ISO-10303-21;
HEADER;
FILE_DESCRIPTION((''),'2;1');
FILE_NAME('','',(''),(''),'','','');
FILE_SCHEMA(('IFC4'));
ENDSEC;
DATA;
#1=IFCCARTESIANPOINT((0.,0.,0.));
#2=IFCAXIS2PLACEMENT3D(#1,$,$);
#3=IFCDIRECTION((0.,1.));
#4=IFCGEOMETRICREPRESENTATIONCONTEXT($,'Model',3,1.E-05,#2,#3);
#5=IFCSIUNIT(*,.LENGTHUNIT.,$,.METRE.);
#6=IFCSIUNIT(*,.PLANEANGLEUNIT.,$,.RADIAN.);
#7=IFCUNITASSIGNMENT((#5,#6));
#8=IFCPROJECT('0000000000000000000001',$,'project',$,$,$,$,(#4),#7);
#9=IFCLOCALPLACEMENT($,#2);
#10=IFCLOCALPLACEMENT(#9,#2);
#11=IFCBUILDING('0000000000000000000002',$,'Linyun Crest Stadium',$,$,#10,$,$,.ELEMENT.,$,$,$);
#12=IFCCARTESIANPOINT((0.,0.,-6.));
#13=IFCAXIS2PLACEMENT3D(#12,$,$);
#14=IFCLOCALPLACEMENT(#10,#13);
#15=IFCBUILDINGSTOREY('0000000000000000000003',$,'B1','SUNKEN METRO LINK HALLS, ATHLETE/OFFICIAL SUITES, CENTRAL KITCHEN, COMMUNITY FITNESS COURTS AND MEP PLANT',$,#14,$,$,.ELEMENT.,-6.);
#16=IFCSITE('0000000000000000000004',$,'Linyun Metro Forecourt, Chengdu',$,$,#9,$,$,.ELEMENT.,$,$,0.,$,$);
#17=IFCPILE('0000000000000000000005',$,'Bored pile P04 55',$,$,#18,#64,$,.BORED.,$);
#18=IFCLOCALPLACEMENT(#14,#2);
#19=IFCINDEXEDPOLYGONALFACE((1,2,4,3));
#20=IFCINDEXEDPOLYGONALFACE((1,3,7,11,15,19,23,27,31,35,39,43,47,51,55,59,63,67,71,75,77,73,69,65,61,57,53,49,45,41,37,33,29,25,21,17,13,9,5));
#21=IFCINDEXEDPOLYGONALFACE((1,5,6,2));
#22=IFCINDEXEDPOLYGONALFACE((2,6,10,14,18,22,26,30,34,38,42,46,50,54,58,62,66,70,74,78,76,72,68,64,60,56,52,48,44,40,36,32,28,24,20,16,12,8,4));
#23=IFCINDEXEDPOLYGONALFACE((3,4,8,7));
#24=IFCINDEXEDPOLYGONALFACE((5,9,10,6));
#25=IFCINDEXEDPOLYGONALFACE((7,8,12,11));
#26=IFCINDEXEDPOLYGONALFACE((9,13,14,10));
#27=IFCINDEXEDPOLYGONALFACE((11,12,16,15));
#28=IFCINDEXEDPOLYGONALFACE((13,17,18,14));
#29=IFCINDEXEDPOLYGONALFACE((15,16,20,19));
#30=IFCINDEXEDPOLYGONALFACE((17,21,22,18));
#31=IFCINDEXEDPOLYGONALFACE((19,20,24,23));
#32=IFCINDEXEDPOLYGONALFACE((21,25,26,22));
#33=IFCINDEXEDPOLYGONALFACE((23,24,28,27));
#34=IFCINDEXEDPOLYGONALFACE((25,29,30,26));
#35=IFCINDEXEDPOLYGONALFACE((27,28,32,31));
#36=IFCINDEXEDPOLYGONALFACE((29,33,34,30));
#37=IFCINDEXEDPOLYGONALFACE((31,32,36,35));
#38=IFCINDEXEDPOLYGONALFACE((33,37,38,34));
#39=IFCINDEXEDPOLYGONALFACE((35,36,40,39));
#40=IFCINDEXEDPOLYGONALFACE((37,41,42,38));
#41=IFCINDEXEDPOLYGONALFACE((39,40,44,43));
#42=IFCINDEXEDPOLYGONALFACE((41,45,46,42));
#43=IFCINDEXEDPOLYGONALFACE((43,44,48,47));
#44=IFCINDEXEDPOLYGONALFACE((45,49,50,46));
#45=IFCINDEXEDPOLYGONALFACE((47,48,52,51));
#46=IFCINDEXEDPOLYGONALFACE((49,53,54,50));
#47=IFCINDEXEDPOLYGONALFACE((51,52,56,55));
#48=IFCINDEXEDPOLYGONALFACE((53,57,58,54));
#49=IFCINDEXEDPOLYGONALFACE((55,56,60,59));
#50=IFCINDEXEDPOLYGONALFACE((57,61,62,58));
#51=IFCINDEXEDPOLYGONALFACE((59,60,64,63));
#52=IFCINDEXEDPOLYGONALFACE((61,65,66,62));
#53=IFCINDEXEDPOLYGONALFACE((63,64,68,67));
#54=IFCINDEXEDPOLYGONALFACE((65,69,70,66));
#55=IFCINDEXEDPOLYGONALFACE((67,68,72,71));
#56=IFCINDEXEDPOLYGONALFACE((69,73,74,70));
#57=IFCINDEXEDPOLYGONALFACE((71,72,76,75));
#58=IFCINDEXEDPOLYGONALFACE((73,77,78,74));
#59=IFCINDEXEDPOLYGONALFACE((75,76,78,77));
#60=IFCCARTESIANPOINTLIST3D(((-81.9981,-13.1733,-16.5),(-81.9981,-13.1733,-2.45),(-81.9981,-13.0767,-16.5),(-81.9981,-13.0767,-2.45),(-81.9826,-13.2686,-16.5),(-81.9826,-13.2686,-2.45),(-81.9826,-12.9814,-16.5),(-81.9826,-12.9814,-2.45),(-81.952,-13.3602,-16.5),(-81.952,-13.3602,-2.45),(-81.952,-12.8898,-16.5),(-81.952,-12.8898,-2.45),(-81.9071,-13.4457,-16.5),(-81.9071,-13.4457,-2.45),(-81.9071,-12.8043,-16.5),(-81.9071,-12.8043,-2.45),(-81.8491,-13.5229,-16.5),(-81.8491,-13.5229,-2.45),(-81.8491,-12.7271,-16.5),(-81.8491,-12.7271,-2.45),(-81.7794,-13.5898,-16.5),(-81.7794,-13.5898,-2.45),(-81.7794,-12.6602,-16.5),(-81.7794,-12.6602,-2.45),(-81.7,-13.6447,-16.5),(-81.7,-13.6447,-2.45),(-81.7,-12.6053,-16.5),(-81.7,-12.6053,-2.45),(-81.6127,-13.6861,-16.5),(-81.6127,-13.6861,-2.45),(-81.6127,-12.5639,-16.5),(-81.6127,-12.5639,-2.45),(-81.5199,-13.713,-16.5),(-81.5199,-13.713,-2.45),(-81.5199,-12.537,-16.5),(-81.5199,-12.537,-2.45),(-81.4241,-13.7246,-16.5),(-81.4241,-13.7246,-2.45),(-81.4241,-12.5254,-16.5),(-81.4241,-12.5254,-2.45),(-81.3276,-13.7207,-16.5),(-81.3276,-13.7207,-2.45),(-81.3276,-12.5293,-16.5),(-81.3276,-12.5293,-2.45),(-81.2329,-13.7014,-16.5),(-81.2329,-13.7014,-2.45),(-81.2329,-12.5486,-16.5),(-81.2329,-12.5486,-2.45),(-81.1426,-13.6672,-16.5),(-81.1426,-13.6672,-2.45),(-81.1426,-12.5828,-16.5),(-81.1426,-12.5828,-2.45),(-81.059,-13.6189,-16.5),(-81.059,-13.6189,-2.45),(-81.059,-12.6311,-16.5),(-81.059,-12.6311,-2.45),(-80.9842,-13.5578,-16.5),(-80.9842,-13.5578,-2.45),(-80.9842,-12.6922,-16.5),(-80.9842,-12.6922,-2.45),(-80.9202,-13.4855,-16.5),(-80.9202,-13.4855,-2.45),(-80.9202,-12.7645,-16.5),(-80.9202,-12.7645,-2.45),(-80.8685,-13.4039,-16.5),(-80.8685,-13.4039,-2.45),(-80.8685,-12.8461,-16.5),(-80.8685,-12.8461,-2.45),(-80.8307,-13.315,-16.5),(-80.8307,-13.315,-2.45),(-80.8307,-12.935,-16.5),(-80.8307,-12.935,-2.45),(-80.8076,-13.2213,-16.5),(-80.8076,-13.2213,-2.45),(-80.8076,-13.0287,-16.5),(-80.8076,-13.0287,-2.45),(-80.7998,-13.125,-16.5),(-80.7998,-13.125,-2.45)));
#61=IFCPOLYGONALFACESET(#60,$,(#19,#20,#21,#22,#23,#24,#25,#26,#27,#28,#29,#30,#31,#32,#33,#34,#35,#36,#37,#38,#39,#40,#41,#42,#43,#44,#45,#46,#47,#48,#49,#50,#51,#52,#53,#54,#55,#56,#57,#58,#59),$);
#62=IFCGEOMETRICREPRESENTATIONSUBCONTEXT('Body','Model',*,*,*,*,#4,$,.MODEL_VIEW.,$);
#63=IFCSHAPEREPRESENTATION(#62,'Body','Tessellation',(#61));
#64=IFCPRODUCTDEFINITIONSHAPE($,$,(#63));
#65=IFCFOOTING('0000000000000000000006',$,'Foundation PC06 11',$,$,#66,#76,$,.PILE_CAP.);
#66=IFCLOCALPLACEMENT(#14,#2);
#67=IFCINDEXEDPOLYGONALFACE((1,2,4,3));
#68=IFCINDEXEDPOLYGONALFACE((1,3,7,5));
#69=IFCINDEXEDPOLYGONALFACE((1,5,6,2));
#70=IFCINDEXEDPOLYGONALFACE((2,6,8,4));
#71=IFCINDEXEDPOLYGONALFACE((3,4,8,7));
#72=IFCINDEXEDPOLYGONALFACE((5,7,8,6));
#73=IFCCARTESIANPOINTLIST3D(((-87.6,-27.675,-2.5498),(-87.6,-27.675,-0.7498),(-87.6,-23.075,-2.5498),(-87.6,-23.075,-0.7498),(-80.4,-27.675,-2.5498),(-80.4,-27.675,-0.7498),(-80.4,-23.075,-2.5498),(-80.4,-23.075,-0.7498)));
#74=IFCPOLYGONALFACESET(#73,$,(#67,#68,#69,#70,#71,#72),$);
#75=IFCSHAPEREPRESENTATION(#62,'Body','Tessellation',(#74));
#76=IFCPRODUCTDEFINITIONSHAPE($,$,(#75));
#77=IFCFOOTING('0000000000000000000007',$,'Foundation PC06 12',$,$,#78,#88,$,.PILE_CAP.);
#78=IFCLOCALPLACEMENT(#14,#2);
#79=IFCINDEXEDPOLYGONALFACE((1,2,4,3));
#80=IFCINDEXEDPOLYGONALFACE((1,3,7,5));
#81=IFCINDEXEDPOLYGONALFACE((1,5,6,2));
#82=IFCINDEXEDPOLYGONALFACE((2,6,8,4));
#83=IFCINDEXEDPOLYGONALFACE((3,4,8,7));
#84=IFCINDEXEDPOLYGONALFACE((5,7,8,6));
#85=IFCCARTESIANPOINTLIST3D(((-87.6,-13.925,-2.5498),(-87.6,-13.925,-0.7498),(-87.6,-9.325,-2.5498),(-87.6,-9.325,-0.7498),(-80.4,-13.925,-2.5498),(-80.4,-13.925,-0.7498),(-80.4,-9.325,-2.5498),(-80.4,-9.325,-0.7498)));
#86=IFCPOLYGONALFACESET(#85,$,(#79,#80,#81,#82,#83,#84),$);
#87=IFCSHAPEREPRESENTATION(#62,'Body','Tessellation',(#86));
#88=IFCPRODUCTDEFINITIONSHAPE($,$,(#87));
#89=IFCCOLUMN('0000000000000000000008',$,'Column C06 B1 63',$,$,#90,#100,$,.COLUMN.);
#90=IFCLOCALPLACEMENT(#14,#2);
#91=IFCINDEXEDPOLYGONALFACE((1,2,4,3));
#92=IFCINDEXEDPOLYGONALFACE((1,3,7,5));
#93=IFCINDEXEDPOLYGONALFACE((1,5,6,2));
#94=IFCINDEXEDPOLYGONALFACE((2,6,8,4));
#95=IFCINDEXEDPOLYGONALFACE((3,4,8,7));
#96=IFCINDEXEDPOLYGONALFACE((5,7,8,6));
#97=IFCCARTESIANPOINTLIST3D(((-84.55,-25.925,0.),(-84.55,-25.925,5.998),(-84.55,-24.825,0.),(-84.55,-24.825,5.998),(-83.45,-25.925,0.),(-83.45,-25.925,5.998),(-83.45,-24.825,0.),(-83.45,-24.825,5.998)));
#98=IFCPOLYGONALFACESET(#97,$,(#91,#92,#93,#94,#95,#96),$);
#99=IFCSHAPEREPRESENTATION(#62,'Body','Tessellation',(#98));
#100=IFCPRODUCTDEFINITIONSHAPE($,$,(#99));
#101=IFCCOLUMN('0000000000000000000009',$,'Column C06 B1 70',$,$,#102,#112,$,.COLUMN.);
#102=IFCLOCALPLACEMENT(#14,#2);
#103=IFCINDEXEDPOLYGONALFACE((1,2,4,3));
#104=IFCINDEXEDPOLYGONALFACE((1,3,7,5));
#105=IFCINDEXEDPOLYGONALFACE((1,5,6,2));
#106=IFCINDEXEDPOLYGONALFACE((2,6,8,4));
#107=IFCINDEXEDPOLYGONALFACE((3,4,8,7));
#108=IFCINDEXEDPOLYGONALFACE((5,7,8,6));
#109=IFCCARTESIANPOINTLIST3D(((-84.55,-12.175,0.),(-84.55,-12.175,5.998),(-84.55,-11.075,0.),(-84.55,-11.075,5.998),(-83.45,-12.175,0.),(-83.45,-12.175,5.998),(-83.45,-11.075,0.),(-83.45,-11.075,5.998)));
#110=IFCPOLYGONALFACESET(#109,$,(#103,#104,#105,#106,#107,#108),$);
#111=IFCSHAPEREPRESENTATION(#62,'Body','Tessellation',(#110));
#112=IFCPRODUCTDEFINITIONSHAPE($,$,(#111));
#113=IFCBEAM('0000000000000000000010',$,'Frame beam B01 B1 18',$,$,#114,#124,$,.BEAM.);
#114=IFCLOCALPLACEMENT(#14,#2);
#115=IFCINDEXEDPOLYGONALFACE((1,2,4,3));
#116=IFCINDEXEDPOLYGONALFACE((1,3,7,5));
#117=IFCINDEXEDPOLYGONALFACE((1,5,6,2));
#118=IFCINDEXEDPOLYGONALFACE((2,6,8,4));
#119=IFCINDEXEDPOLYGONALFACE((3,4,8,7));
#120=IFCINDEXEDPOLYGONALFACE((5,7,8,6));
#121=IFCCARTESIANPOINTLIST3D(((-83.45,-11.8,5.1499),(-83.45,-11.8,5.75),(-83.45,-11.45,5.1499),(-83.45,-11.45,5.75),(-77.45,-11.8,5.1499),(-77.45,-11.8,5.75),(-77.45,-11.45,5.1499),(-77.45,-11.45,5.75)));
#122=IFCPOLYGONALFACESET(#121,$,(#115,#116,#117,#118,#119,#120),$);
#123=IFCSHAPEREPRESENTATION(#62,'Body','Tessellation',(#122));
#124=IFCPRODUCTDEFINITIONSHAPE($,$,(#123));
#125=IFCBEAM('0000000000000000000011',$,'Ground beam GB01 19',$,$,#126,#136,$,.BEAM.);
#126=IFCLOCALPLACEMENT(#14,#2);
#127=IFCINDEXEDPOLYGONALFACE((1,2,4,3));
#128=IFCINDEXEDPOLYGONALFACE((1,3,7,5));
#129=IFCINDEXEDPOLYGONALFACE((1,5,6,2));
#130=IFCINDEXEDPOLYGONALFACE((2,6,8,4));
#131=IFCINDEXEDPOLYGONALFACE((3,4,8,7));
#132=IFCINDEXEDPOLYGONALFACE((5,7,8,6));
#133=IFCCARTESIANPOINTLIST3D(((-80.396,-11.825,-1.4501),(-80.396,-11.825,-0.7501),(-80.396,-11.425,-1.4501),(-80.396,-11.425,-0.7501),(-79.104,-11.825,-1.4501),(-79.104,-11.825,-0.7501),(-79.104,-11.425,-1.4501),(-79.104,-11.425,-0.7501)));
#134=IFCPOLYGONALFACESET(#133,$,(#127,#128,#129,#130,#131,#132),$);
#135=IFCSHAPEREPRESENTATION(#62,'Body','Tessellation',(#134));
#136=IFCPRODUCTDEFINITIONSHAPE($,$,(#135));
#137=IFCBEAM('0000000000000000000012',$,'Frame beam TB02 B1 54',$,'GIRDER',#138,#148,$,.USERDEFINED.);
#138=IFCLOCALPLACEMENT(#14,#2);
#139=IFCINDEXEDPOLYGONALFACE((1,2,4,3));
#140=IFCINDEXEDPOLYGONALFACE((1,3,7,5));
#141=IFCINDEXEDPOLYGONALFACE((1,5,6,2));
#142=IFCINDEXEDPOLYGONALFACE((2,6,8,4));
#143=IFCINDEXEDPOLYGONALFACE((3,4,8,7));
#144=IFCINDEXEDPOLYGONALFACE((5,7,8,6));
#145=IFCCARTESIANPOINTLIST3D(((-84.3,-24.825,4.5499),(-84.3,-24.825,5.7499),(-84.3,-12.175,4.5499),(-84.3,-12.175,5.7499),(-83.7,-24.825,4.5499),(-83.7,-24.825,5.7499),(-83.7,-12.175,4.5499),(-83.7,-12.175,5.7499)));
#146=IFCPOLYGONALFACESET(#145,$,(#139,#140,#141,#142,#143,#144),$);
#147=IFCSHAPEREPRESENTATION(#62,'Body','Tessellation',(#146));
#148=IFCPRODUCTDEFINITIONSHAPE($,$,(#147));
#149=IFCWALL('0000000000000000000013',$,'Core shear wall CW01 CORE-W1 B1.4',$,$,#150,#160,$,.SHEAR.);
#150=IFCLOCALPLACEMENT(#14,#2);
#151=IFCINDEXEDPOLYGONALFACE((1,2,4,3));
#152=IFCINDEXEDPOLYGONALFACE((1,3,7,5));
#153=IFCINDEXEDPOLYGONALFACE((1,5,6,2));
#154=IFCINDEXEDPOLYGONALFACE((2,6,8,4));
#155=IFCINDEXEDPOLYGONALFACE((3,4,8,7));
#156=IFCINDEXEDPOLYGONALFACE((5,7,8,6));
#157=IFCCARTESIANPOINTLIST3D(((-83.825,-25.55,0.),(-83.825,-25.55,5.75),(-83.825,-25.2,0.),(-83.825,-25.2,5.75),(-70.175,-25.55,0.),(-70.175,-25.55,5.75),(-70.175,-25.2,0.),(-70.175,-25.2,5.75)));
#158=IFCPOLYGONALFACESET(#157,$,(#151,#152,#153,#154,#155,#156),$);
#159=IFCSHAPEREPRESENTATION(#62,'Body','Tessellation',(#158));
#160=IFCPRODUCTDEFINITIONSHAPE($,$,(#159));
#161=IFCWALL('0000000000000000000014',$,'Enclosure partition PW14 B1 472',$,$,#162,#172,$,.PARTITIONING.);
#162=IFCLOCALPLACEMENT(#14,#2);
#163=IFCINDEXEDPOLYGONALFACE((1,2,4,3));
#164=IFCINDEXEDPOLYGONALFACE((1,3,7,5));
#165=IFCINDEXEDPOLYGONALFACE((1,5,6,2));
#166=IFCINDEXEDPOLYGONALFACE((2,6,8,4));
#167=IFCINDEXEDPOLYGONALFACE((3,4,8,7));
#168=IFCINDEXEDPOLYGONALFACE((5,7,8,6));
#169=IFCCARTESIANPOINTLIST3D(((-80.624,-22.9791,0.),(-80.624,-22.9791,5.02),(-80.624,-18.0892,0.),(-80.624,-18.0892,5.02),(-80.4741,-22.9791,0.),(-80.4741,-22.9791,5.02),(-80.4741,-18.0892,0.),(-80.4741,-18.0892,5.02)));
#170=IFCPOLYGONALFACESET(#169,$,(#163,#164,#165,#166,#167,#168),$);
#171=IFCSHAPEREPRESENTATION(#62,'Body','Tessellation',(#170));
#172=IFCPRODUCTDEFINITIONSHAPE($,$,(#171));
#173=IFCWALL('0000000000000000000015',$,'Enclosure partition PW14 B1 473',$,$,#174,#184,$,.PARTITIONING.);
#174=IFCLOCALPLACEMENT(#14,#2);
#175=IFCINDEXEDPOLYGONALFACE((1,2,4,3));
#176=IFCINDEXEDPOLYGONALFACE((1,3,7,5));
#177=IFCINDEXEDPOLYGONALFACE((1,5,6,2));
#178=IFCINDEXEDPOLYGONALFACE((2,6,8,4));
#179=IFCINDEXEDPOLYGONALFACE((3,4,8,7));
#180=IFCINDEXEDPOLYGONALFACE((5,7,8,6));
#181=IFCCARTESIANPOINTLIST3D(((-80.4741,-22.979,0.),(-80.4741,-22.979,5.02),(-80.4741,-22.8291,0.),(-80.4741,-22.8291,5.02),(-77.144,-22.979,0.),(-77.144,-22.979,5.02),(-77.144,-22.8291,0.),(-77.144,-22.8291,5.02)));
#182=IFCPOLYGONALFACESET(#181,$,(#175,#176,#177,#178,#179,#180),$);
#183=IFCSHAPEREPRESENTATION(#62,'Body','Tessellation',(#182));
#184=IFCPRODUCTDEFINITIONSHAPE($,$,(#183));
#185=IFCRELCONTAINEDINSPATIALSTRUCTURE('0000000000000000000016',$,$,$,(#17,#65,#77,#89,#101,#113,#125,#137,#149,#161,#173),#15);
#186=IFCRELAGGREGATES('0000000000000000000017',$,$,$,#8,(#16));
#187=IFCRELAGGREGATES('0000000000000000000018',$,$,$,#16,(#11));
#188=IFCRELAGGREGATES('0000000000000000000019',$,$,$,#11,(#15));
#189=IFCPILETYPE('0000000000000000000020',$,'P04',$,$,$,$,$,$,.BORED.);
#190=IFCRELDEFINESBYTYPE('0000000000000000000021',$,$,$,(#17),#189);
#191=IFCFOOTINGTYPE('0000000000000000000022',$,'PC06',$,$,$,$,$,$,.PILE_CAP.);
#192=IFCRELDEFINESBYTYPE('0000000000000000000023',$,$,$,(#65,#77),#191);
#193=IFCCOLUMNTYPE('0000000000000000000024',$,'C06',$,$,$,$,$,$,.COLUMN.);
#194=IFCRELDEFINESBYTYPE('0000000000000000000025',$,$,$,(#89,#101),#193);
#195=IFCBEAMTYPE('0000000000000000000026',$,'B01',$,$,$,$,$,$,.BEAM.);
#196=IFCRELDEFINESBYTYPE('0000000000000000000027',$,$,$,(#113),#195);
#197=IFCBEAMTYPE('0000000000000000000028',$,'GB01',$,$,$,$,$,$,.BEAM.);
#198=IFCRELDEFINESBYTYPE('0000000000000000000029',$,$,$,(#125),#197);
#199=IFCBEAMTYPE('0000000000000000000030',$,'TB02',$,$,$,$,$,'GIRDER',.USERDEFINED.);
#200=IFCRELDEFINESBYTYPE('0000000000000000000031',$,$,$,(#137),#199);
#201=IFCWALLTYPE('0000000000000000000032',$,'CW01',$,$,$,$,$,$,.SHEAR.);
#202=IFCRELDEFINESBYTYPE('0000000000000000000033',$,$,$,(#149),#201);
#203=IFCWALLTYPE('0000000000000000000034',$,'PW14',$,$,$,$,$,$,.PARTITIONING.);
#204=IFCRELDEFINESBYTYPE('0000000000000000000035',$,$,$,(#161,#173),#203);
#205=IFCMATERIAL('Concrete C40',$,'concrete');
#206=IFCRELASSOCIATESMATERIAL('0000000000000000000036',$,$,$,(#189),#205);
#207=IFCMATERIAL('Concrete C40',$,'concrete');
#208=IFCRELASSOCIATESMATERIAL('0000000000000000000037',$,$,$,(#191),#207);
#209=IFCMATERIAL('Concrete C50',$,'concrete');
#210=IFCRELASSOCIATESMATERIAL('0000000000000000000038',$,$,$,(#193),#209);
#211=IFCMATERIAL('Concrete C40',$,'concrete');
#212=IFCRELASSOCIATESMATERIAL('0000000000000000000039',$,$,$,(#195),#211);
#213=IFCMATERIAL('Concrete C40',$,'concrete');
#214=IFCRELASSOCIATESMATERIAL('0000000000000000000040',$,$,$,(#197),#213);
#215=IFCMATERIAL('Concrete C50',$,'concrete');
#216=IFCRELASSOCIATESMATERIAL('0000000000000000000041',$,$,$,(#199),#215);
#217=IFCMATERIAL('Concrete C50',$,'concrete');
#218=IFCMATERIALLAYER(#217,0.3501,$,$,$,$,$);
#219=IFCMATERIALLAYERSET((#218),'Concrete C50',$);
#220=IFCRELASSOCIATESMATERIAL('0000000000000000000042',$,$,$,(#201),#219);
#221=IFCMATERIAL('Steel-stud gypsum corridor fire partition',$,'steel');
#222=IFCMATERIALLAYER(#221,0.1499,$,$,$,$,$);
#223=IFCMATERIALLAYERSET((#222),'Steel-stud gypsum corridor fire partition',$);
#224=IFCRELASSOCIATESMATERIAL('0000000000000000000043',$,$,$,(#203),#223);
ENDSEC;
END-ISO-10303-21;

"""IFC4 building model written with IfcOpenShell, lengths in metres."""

from ifc_helpers import new_model, si_unit, direction, frame, frame_2d, origin, origin_2d, place, context, subcontext, project, spatial, rectangle, circle, extrude, material, layer, layer_set, material_profile, profile_set, type_object, element, save


model = new_model("IFC4")

# Units and contexts
model_context = context("Model", 3, precision=1e-05, world=origin(), true_north=direction((0.0, 1.0)))
body_context = subcontext(model_context, "Body", "Model", "MODEL_VIEW")
ifc_project = project(units=[si_unit("LENGTHUNIT", "METRE"), si_unit("PLANEANGLEUNIT", "RADIAN")], contexts=[model_context])

# Site, building, storey
site_placement = place(None, origin())
site = spatial("IfcSite", under=ifc_project, at=site_placement, Name="Linyun Metro Forecourt, Chengdu", CompositionType="ELEMENT", RefElevation=0.0)
building_placement = place(site_placement, origin())
building = spatial("IfcBuilding", under=site, at=building_placement, Name="Linyun Crest Stadium", CompositionType="ELEMENT")
storey_placement = place(building_placement, frame((0.0, 0.0, -6.0)))
storey = spatial("IfcBuildingStorey", under=building, at=storey_placement, Name="B1", Description="SUNKEN METRO LINK HALLS, ATHLETE/OFFICIAL SUITES, CENTRAL KITCHEN, COMMUNITY FITNESS COURTS AND MEP PLANT", CompositionType="ELEMENT", Elevation=-6.0)

# Pile
ifc_material_1 = material(Name="Concrete C40", Category="concrete")
ifc_material_profile_1 = material_profile(ifc_material_1, circle(Radius=0.6001, at=origin_2d()), Name="BORED PILE 1200")
ifc_profile_set_1 = profile_set([ifc_material_profile_1], Name="Concrete C40")
pile_type = type_object("IfcPileType", Name="P04", PredefinedType="BORED", material=ifc_profile_set_1)
for number, where, z_axis, x_axis, name in (
    (1, (-81.3999, -13.125, -2.45), (0.0, 0.0, -1.0), (1.0, 0.0, 0.0), "Bored pile P04 55"),
):
    element("IfcPile", number, at=place(storey_placement, frame(where, z_axis=z_axis, x_axis=x_axis)), inside=storey, type_object=pile_type, Name=name, PredefinedType="BORED", context=body_context, shape_type="SweptSolid", body=[
        extrude(circle(Radius=0.6001, at=origin_2d()), origin(), (0.0, 0.0, 1.0), 14.05),
    ])

# Footings
ifc_material_2 = material(Name="Concrete C40", Category="concrete")
footing_type = type_object("IfcFootingType", Name="PC06", PredefinedType="PILE_CAP", material=ifc_material_2)
for number, where, z_axis, x_axis, name in (
    (2, (-84.0, -25.375, -2.5498), (0.0, 0.0, 1.0), (1.0, 0.0, 0.0), "Foundation PC06 11"),
    (3, (-84.0, -11.625, -2.5498), (0.0, 0.0, 1.0), (1.0, 0.0, 0.0), "Foundation PC06 12"),
):
    element("IfcFooting", number, at=place(storey_placement, frame(where, z_axis=z_axis, x_axis=x_axis)), inside=storey, type_object=footing_type, Name=name, PredefinedType="PILE_CAP", context=body_context, shape_type="SweptSolid", body=[
        extrude(rectangle(XDim=7.2, YDim=4.6001, at=origin_2d()), origin(), (0.0, 0.0, 1.0), 1.8),
    ])

# Columns
ifc_material_3 = material(Name="Concrete C50", Category="concrete")
ifc_material_profile_2 = material_profile(ifc_material_3, rectangle(XDim=1.1001, YDim=1.1001, at=origin_2d()), Name="RC 1100x1100")
ifc_profile_set_2 = profile_set([ifc_material_profile_2], Name="Concrete C50")
column_type = type_object("IfcColumnType", Name="C06", PredefinedType="COLUMN", material=ifc_profile_set_2)
for number, where, z_axis, x_axis, name in (
    (4, (-84.0, -25.375, 0.0), (0.0, 0.0, 1.0), (1.0, 0.0, 0.0), "Column C06 B1 63"),
    (5, (-84.0, -11.625, 0.0), (0.0, 0.0, 1.0), (1.0, 0.0, 0.0), "Column C06 B1 70"),
):
    element("IfcColumn", number, at=place(storey_placement, frame(where, z_axis=z_axis, x_axis=x_axis)), inside=storey, type_object=column_type, Name=name, PredefinedType="COLUMN", context=body_context, shape_type="SweptSolid", body=[
        extrude(rectangle(XDim=1.1001, YDim=1.1001, at=origin_2d()), origin(), (0.0, 0.0, 1.0), 5.998),
    ])

# Beams
ifc_material_4 = material(Name="Concrete C40", Category="concrete")
ifc_material_profile_3 = material_profile(ifc_material_4, rectangle(XDim=0.3501, YDim=0.6001, at=origin_2d()), Name="RCB 600x350")
ifc_profile_set_3 = profile_set([ifc_material_profile_3], Name="Concrete C40")
beam_type_1 = type_object("IfcBeamType", Name="B01", PredefinedType="BEAM", material=ifc_profile_set_3)
beam_1_placement = place(storey_placement, frame((-83.45, -11.625, 5.45), z_axis=(1.0, 0.0, 0.0), x_axis=(0.0, 1.0, 0.0)))
element("IfcBeam", 6, at=beam_1_placement, inside=storey, type_object=beam_type_1, Name="Frame beam B01 B1 18", PredefinedType="BEAM", context=body_context, shape_type="SweptSolid", body=[
    extrude(rectangle(XDim=0.3501, YDim=0.6001, at=origin_2d()), origin(), (0.0, 0.0, 1.0), 6.0),
])
ifc_material_5 = material(Name="Concrete C40", Category="concrete")
ifc_material_profile_4 = material_profile(ifc_material_5, rectangle(XDim=0.3999, YDim=0.7, at=origin_2d()), Name="RCB 700x400")
ifc_profile_set_4 = profile_set([ifc_material_profile_4], Name="Concrete C40")
beam_type_2 = type_object("IfcBeamType", Name="GB01", PredefinedType="BEAM", material=ifc_profile_set_4)
beam_2_placement = place(storey_placement, frame((-80.396, -11.625, -1.1001), z_axis=(1.0, 0.0, 0.0), x_axis=(0.0, 1.0, 0.0)))
element("IfcBeam", 7, at=beam_2_placement, inside=storey, type_object=beam_type_2, Name="Ground beam GB01 19", PredefinedType="BEAM", context=body_context, shape_type="SweptSolid", body=[
    extrude(rectangle(XDim=0.3999, YDim=0.7, at=origin_2d()), origin(), (0.0, 0.0, 1.0), 1.292),
])
ifc_material_6 = material(Name="Concrete C50", Category="concrete")
ifc_material_profile_5 = material_profile(ifc_material_6, rectangle(XDim=0.6001, YDim=1.2, at=origin_2d()), Name="RCB 1200x600")
ifc_profile_set_5 = profile_set([ifc_material_profile_5], Name="Concrete C50")
beam_type_3 = type_object("IfcBeamType", Name="TB02", ElementType="GIRDER", PredefinedType="USERDEFINED", material=ifc_profile_set_5)
beam_3_placement = place(storey_placement, frame((-84.0, -24.825, 5.1499), z_axis=(0.0, 1.0, 0.0), x_axis=(-1.0, 0.0, 0.0)))
element("IfcBeam", 8, at=beam_3_placement, inside=storey, type_object=beam_type_3, Name="Frame beam TB02 B1 54", ObjectType="GIRDER", PredefinedType="USERDEFINED", context=body_context, shape_type="SweptSolid", body=[
    extrude(rectangle(XDim=0.6001, YDim=1.2, at=origin_2d()), origin(), (0.0, 0.0, 1.0), 12.6499),
])

# Walls
ifc_material_7 = material(Name="Concrete C50", Category="concrete")
ifc_layer_1 = layer(ifc_material_7, 0.3501)
ifc_layer_set_1 = layer_set([ifc_layer_1], Name="Concrete C50")
wall_type_1 = type_object("IfcWallType", Name="CW01", PredefinedType="SHEAR", material=ifc_layer_set_1)
wall_1_placement = place(storey_placement, frame((-83.825, -25.375, 0.0), z_axis=(0.0, 0.0, 1.0), x_axis=(1.0, 0.0, 0.0)))
element("IfcWall", 9, at=wall_1_placement, inside=storey, type_object=wall_type_1, Name="Core shear wall CW01 CORE-W1 B1.4", PredefinedType="SHEAR", context=body_context, shape_type="SweptSolid", body=[
    extrude(rectangle(XDim=13.6499, YDim=0.3501, at=frame_2d((6.825, 0.0))), origin(), (0.0, 0.0, 1.0), 5.75),
])
ifc_material_8 = material(Name="Steel-stud gypsum corridor fire partition", Category="steel")
ifc_layer_2 = layer(ifc_material_8, 0.1499)
ifc_layer_set_2 = layer_set([ifc_layer_2], Name="Steel-stud gypsum corridor fire partition")
wall_type_2 = type_object("IfcWallType", Name="PW14", PredefinedType="PARTITIONING", material=ifc_layer_set_2)
wall_2_placement = place(storey_placement, frame((-80.5491, -22.979, 0.0), z_axis=(0.0, 0.0, 1.0), x_axis=(0.0, 1.0, 0.0)))
element("IfcWall", 10, at=wall_2_placement, inside=storey, type_object=wall_type_2, Name="Enclosure partition PW14 B1 472", PredefinedType="PARTITIONING", context=body_context, shape_type="SweptSolid", body=[
    extrude(rectangle(XDim=4.8899, YDim=0.1499, at=frame_2d((2.4448, 0.0))), origin(), (0.0, 0.0, 1.0), 5.02),
])
for number, where, z_axis, x_axis, name in (
    (11, (-80.4741, -22.9041, 0.0), (0.0, 0.0, 1.0), (1.0, 0.0, 0.0), "Enclosure partition PW14 B1 473"),
):
    element("IfcWall", number, at=place(storey_placement, frame(where, z_axis=z_axis, x_axis=x_axis)), inside=storey, type_object=wall_type_2, Name=name, PredefinedType="PARTITIONING", context=body_context, shape_type="SweptSolid", body=[
        extrude(rectangle(XDim=3.3301, YDim=0.1499, at=frame_2d((1.665, 0.0))), origin(), (0.0, 0.0, 1.0), 5.02),
    ])

save(model, "model.ifc")
